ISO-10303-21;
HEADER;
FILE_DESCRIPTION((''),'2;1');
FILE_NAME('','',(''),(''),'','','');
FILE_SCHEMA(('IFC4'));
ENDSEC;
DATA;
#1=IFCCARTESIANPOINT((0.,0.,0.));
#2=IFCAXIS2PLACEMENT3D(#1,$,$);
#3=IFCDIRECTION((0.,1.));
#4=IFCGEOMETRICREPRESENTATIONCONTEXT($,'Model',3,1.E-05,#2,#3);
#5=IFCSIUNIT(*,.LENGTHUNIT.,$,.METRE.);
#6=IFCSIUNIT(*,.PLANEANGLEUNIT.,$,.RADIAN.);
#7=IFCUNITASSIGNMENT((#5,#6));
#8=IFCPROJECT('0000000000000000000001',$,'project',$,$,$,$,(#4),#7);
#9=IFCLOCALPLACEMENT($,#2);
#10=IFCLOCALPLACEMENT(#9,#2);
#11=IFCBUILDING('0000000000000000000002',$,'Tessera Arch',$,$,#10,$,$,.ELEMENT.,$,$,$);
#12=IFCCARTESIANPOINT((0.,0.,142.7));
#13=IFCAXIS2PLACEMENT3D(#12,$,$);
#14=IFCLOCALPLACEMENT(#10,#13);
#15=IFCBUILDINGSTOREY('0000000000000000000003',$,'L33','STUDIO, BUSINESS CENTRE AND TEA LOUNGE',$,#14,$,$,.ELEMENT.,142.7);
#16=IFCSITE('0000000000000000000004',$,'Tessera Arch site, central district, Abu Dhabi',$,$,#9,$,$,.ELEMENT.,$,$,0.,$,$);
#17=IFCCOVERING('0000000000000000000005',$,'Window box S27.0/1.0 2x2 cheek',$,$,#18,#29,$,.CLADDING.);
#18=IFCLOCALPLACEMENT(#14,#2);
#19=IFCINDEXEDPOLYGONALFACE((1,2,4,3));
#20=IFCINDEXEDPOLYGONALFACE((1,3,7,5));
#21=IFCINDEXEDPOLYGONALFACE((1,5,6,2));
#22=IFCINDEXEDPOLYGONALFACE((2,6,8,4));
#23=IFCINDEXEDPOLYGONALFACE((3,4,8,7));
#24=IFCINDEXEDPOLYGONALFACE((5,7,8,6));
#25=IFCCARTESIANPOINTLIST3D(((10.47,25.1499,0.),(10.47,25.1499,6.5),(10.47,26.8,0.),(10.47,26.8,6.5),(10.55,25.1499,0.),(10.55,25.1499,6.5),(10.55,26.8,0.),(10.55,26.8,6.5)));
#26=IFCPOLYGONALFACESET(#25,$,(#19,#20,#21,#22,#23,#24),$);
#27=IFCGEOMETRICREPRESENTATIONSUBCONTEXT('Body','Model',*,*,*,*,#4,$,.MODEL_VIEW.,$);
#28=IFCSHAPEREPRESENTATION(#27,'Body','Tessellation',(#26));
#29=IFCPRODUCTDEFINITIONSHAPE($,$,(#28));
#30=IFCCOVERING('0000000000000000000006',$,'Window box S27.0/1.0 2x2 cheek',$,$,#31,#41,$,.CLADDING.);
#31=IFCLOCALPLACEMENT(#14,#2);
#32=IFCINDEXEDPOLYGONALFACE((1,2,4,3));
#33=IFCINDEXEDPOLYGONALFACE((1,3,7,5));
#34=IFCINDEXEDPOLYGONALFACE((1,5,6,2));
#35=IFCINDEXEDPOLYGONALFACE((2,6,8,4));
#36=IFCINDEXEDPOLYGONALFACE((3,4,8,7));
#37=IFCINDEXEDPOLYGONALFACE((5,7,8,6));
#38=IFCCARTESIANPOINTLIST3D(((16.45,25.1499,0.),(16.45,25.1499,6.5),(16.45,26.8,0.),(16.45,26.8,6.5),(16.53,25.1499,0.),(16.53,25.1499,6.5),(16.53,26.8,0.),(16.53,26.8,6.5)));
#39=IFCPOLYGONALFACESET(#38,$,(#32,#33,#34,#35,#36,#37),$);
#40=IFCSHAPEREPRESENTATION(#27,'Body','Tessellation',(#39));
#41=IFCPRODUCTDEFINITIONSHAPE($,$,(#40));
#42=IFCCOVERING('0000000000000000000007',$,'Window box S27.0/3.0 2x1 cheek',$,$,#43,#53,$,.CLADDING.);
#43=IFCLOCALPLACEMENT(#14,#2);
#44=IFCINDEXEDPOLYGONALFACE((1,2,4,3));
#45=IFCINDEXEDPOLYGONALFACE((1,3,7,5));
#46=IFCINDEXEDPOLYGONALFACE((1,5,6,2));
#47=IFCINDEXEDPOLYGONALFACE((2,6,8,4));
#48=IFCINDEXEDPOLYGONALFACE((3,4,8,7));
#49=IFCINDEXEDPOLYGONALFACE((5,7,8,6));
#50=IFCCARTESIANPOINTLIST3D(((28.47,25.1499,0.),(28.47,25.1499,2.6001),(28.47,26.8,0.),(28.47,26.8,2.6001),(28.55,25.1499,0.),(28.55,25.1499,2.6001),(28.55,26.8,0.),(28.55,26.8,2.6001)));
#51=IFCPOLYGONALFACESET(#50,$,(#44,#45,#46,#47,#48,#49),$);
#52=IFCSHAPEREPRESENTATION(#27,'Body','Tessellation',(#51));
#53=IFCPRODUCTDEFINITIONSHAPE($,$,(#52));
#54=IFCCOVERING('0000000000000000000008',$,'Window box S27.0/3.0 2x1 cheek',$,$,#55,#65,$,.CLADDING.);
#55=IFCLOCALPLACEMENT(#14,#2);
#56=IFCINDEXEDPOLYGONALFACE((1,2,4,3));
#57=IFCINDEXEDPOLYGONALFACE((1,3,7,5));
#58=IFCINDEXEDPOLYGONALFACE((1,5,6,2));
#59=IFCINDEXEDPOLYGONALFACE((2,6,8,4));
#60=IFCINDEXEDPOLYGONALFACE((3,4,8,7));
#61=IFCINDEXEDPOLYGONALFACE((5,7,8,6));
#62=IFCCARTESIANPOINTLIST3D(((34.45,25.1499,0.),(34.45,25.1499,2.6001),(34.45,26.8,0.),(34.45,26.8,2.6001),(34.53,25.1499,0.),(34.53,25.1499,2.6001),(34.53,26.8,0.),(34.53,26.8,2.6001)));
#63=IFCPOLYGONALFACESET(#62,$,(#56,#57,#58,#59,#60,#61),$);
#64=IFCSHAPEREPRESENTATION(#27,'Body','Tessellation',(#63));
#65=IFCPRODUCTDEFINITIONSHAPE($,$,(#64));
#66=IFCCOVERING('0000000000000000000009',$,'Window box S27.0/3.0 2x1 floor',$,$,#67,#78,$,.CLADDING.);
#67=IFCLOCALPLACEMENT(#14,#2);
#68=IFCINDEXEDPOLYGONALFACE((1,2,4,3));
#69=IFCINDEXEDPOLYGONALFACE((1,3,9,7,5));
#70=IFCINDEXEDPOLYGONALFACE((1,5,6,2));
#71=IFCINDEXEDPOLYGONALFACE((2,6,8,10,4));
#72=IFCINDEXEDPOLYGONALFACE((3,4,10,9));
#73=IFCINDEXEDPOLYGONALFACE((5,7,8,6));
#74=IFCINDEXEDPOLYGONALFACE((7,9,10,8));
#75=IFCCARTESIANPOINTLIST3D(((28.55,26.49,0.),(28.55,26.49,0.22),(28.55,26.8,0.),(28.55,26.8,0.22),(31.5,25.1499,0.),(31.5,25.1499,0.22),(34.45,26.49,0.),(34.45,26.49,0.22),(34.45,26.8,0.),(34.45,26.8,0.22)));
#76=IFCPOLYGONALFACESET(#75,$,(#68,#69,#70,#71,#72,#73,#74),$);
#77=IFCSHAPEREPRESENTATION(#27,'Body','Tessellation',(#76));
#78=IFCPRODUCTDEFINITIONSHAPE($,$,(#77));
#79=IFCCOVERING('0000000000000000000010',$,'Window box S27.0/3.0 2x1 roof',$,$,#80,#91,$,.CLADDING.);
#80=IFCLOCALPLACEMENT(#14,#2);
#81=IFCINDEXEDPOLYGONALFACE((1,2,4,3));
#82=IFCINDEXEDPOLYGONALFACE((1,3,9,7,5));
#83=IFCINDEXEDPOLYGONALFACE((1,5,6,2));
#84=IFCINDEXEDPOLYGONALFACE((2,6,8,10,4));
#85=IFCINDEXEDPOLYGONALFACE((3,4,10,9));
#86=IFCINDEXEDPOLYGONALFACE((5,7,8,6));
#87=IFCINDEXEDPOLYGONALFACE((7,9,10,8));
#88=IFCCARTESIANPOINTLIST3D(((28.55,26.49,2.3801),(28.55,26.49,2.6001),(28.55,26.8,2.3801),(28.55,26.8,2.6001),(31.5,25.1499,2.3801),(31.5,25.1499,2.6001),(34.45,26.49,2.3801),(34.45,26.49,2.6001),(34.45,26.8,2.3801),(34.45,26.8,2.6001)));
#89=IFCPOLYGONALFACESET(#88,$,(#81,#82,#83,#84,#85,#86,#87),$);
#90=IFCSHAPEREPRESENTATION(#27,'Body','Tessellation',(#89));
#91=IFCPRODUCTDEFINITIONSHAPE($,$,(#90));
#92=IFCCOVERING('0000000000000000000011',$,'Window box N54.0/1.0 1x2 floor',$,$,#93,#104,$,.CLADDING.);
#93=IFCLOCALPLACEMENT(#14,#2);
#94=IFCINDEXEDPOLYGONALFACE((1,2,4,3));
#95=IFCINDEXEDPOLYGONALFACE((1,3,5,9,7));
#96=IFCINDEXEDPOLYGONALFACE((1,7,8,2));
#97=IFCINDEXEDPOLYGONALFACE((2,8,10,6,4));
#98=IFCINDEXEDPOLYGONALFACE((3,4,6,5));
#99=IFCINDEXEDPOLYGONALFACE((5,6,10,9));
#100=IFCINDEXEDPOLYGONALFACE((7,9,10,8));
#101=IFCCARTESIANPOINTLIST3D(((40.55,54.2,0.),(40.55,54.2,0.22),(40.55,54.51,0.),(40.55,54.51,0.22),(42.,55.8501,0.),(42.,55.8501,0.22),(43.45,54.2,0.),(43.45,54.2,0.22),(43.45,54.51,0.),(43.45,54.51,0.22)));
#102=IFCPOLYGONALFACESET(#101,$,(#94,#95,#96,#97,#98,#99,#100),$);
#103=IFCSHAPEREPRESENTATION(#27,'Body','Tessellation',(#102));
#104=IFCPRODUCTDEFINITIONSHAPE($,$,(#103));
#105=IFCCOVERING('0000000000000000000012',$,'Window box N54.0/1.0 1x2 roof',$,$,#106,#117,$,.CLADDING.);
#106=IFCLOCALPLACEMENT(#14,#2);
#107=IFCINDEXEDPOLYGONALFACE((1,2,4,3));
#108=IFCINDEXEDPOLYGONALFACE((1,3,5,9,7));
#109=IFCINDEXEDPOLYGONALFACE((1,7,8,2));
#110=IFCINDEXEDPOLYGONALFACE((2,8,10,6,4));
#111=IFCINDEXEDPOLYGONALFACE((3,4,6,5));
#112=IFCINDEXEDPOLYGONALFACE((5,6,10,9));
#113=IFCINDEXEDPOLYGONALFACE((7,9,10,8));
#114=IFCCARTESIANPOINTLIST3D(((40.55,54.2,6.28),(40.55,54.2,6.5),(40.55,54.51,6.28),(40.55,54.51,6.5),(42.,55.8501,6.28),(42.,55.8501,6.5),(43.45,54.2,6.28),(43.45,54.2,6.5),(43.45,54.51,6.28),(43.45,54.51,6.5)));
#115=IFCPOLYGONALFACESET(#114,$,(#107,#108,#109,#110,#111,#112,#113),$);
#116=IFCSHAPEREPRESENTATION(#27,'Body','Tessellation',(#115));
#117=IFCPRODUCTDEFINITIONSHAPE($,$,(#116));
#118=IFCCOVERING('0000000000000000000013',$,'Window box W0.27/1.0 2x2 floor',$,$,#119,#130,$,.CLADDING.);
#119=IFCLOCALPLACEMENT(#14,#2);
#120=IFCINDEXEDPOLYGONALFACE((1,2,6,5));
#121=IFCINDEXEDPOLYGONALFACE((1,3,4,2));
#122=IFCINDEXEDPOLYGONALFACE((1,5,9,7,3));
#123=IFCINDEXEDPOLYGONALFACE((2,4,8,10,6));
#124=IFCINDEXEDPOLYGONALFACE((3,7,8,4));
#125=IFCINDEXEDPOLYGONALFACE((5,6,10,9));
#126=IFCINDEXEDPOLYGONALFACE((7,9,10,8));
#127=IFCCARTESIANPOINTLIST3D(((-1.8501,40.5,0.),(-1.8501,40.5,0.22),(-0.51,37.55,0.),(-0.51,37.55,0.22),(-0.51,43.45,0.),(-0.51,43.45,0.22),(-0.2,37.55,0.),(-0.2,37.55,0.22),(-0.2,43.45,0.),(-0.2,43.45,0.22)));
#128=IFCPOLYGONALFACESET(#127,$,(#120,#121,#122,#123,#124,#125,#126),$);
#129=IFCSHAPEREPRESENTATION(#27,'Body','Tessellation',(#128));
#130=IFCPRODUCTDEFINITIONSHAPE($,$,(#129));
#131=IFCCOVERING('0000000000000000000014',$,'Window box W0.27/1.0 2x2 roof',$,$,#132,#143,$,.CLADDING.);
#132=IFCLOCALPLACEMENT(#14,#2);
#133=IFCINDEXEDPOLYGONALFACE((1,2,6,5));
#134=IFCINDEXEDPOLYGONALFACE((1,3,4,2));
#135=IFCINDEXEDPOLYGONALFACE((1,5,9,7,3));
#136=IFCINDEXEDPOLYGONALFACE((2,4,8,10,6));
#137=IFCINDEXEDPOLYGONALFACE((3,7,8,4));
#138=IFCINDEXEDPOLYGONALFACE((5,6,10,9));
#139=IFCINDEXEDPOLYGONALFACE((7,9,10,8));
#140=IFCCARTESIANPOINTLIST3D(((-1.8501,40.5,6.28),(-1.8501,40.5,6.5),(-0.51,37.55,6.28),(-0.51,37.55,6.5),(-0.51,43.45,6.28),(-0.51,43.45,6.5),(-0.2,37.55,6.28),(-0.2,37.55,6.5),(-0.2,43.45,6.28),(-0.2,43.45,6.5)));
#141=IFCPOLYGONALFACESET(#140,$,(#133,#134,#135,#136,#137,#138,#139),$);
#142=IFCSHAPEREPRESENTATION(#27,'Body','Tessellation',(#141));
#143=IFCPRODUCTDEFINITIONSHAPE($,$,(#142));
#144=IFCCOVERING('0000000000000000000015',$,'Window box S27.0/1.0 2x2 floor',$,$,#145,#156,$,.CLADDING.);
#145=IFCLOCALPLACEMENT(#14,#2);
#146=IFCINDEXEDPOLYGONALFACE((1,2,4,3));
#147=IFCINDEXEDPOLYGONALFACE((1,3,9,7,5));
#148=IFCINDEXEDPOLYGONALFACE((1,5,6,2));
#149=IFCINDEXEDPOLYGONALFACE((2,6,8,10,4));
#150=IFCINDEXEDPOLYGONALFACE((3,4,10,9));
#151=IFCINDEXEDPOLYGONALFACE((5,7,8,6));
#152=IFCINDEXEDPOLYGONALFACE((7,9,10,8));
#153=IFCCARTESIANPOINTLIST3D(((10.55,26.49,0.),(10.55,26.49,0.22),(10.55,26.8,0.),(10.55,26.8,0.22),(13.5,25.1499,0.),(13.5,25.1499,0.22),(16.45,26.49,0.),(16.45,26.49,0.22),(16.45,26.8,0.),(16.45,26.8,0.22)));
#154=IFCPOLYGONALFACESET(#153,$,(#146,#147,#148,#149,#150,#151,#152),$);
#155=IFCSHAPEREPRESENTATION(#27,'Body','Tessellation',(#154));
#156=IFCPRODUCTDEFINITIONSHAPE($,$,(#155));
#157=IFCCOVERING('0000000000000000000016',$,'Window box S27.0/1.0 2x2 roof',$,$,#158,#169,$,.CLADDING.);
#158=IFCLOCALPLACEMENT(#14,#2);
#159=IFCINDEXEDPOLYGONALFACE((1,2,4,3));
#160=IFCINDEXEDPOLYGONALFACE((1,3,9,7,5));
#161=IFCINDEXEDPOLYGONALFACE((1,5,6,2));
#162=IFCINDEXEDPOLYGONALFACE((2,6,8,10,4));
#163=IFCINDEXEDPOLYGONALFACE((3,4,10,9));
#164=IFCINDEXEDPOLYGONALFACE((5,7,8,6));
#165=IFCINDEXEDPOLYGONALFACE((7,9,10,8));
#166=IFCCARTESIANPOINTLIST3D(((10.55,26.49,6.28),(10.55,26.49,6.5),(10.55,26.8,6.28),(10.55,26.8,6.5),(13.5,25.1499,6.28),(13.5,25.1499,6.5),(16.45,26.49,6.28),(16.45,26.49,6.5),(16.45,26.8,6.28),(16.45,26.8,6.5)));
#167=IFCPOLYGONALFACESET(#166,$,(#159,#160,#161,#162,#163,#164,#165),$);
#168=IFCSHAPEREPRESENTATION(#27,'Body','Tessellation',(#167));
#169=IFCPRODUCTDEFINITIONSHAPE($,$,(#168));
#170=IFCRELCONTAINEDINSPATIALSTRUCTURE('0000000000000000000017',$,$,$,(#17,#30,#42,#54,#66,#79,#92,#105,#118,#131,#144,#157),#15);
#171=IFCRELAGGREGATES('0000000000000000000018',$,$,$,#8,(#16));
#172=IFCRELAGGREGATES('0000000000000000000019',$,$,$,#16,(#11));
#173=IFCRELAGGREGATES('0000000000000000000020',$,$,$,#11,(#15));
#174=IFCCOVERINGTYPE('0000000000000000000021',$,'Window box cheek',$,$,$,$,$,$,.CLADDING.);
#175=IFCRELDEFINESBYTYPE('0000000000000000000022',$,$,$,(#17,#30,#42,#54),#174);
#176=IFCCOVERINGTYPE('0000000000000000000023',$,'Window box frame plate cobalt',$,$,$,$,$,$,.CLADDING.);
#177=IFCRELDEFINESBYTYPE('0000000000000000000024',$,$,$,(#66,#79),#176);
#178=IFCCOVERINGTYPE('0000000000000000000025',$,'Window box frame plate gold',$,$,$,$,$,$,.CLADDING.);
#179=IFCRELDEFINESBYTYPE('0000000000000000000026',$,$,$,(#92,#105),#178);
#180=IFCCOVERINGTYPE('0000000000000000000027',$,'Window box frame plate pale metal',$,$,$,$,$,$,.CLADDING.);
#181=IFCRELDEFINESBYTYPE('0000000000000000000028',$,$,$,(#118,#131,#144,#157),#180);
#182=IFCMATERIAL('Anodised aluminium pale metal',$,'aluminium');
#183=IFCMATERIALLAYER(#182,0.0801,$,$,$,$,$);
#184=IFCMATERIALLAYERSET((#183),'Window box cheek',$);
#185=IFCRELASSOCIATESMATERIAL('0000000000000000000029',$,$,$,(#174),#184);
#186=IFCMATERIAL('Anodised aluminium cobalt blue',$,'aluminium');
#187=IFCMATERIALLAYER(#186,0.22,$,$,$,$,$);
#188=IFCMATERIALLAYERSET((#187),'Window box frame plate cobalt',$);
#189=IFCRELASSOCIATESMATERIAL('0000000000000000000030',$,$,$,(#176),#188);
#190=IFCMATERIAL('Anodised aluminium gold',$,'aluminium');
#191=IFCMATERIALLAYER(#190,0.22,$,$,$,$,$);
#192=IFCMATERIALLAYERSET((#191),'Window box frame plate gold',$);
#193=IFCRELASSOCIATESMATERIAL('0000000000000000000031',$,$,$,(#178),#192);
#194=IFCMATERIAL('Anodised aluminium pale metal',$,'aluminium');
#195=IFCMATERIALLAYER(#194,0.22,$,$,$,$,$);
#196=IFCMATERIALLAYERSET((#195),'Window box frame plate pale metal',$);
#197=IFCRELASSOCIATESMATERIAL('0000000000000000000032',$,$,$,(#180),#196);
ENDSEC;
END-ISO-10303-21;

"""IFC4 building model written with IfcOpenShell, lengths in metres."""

from ifc_helpers import new_model, si_unit, direction, frame, origin, place, context, subcontext, project, spatial, polyline, outline, extrude, material, layer, layer_set, type_object, element, save


model = new_model("IFC4")

# Units and contexts
model_context = context("Model", 3, precision=1e-05, world=origin(), true_north=direction((0.0, 1.0)))
body_context = subcontext(model_context, "Body", "Model", "MODEL_VIEW")
ifc_project = project(units=[si_unit("LENGTHUNIT", "METRE"), si_unit("PLANEANGLEUNIT", "RADIAN")], contexts=[model_context])

# Site, building, storey
site_placement = place(None, origin())
site = spatial("IfcSite", under=ifc_project, at=site_placement, Name="Tessera Arch site, central district, Abu Dhabi", CompositionType="ELEMENT", RefElevation=0.0)
building_placement = place(site_placement, origin())
building = spatial("IfcBuilding", under=site, at=building_placement, Name="Tessera Arch", CompositionType="ELEMENT")
storey_placement = place(building_placement, frame((0.0, 0.0, 142.7)))
storey = spatial("IfcBuildingStorey", under=building, at=storey_placement, Name="L33", Description="STUDIO, BUSINESS CENTRE AND TEA LOUNGE", CompositionType="ELEMENT", Elevation=142.7)

# Coverings
ifc_material_1 = material(Name="Anodised aluminium pale metal", Category="aluminium")
ifc_layer_1 = layer(ifc_material_1, 0.0801)
ifc_layer_set_1 = layer_set([ifc_layer_1], Name="Window box cheek")
covering_type_1 = type_object("IfcCoveringType", Name="Window box cheek", PredefinedType="CLADDING", material=ifc_layer_set_1)
covering_1_placement = place(storey_placement, origin())
element("IfcCovering", 1, at=covering_1_placement, inside=storey, type_object=covering_type_1, Name="Window box S27.0/1.0 2x2 cheek", PredefinedType="CLADDING", context=body_context, shape_type="SweptSolid", body=[
    extrude(outline(polyline([(10.47, 25.1499), (10.55, 25.1499), (10.55, 26.8), (10.47, 26.8), (10.47, 25.1499)])), origin(), (0.0, 0.0, 1.0), 6.5),
])
covering_2_placement = place(storey_placement, origin())
element("IfcCovering", 2, at=covering_2_placement, inside=storey, type_object=covering_type_1, Name="Window box S27.0/1.0 2x2 cheek", PredefinedType="CLADDING", context=body_context, shape_type="SweptSolid", body=[
    extrude(outline(polyline([(16.45, 25.1499), (16.53, 25.1499), (16.53, 26.8), (16.45, 26.8), (16.45, 25.1499)])), origin(), (0.0, 0.0, 1.0), 6.5),
])
covering_3_placement = place(storey_placement, origin())
element("IfcCovering", 3, at=covering_3_placement, inside=storey, type_object=covering_type_1, Name="Window box S27.0/3.0 2x1 cheek", PredefinedType="CLADDING", context=body_context, shape_type="SweptSolid", body=[
    extrude(outline(polyline([(28.47, 25.1499), (28.55, 25.1499), (28.55, 26.8), (28.47, 26.8), (28.47, 25.1499)])), origin(), (0.0, 0.0, 1.0), 2.6001),
])
covering_4_placement = place(storey_placement, origin())
element("IfcCovering", 4, at=covering_4_placement, inside=storey, type_object=covering_type_1, Name="Window box S27.0/3.0 2x1 cheek", PredefinedType="CLADDING", context=body_context, shape_type="SweptSolid", body=[
    extrude(outline(polyline([(34.45, 25.1499), (34.53, 25.1499), (34.53, 26.8), (34.45, 26.8), (34.45, 25.1499)])), origin(), (0.0, 0.0, 1.0), 2.6001),
])
ifc_material_2 = material(Name="Anodised aluminium cobalt blue", Category="aluminium")
ifc_layer_2 = layer(ifc_material_2, 0.22)
ifc_layer_set_2 = layer_set([ifc_layer_2], Name="Window box frame plate cobalt")
covering_type_2 = type_object("IfcCoveringType", Name="Window box frame plate cobalt", PredefinedType="CLADDING", material=ifc_layer_set_2)
for number, where, name in (
    (5, (0.0, 0.0, 0.0), "Window box S27.0/3.0 2x1 floor"),
    (6, (0.0, 0.0, 2.3801), "Window box S27.0/3.0 2x1 roof"),
):
    element("IfcCovering", number, at=place(storey_placement, frame(where)), inside=storey, type_object=covering_type_2, Name=name, PredefinedType="CLADDING", context=body_context, shape_type="SweptSolid", body=[
        extrude(outline(polyline([(28.55, 26.49), (31.5, 25.1499), (34.45, 26.49), (34.45, 26.8), (28.55, 26.8), (28.55, 26.49)])), origin(), (0.0, 0.0, 1.0), 0.22),
    ])
ifc_material_3 = material(Name="Anodised aluminium gold", Category="aluminium")
ifc_layer_3 = layer(ifc_material_3, 0.22)
ifc_layer_set_3 = layer_set([ifc_layer_3], Name="Window box frame plate gold")
covering_type_3 = type_object("IfcCoveringType", Name="Window box frame plate gold", PredefinedType="CLADDING", material=ifc_layer_set_3)
for number, where, name in (
    (7, (0.0, 0.0, 0.0), "Window box N54.0/1.0 1x2 floor"),
    (8, (0.0, 0.0, 6.28), "Window box N54.0/1.0 1x2 roof"),
):
    element("IfcCovering", number, at=place(storey_placement, frame(where)), inside=storey, type_object=covering_type_3, Name=name, PredefinedType="CLADDING", context=body_context, shape_type="SweptSolid", body=[
        extrude(outline(polyline([(43.45, 54.51), (42.0, 55.8501), (40.55, 54.51), (40.55, 54.2), (43.45, 54.2), (43.45, 54.51)])), origin(), (0.0, 0.0, 1.0), 0.22),
    ])
ifc_material_4 = material(Name="Anodised aluminium pale metal", Category="aluminium")
ifc_layer_4 = layer(ifc_material_4, 0.22)
ifc_layer_set_4 = layer_set([ifc_layer_4], Name="Window box frame plate pale metal")
covering_type_4 = type_object("IfcCoveringType", Name="Window box frame plate pale metal", PredefinedType="CLADDING", material=ifc_layer_set_4)
for number, where, name in (
    (9, (0.0, 0.0, 0.0), "Window box W0.27/1.0 2x2 floor"),
    (10, (0.0, 0.0, 6.28), "Window box W0.27/1.0 2x2 roof"),
):
    element("IfcCovering", number, at=place(storey_placement, frame(where)), inside=storey, type_object=covering_type_4, Name=name, PredefinedType="CLADDING", context=body_context, shape_type="SweptSolid", body=[
        extrude(outline(polyline([(-0.51, 43.45), (-1.8501, 40.5), (-0.51, 37.55), (-0.2, 37.55), (-0.2, 43.45), (-0.51, 43.45)])), origin(), (0.0, 0.0, 1.0), 0.22),
    ])
for number, where, name in (
    (11, (0.0, 0.0, 0.0), "Window box S27.0/1.0 2x2 floor"),
    (12, (0.0, 0.0, 6.28), "Window box S27.0/1.0 2x2 roof"),
):
    element("IfcCovering", number, at=place(storey_placement, frame(where)), inside=storey, type_object=covering_type_4, Name=name, PredefinedType="CLADDING", context=body_context, shape_type="SweptSolid", body=[
        extrude(outline(polyline([(10.55, 26.49), (13.5, 25.1499), (16.45, 26.49), (16.45, 26.8), (10.55, 26.8), (10.55, 26.49)])), origin(), (0.0, 0.0, 1.0), 0.22),
    ])

save(model, "model.ifc")
